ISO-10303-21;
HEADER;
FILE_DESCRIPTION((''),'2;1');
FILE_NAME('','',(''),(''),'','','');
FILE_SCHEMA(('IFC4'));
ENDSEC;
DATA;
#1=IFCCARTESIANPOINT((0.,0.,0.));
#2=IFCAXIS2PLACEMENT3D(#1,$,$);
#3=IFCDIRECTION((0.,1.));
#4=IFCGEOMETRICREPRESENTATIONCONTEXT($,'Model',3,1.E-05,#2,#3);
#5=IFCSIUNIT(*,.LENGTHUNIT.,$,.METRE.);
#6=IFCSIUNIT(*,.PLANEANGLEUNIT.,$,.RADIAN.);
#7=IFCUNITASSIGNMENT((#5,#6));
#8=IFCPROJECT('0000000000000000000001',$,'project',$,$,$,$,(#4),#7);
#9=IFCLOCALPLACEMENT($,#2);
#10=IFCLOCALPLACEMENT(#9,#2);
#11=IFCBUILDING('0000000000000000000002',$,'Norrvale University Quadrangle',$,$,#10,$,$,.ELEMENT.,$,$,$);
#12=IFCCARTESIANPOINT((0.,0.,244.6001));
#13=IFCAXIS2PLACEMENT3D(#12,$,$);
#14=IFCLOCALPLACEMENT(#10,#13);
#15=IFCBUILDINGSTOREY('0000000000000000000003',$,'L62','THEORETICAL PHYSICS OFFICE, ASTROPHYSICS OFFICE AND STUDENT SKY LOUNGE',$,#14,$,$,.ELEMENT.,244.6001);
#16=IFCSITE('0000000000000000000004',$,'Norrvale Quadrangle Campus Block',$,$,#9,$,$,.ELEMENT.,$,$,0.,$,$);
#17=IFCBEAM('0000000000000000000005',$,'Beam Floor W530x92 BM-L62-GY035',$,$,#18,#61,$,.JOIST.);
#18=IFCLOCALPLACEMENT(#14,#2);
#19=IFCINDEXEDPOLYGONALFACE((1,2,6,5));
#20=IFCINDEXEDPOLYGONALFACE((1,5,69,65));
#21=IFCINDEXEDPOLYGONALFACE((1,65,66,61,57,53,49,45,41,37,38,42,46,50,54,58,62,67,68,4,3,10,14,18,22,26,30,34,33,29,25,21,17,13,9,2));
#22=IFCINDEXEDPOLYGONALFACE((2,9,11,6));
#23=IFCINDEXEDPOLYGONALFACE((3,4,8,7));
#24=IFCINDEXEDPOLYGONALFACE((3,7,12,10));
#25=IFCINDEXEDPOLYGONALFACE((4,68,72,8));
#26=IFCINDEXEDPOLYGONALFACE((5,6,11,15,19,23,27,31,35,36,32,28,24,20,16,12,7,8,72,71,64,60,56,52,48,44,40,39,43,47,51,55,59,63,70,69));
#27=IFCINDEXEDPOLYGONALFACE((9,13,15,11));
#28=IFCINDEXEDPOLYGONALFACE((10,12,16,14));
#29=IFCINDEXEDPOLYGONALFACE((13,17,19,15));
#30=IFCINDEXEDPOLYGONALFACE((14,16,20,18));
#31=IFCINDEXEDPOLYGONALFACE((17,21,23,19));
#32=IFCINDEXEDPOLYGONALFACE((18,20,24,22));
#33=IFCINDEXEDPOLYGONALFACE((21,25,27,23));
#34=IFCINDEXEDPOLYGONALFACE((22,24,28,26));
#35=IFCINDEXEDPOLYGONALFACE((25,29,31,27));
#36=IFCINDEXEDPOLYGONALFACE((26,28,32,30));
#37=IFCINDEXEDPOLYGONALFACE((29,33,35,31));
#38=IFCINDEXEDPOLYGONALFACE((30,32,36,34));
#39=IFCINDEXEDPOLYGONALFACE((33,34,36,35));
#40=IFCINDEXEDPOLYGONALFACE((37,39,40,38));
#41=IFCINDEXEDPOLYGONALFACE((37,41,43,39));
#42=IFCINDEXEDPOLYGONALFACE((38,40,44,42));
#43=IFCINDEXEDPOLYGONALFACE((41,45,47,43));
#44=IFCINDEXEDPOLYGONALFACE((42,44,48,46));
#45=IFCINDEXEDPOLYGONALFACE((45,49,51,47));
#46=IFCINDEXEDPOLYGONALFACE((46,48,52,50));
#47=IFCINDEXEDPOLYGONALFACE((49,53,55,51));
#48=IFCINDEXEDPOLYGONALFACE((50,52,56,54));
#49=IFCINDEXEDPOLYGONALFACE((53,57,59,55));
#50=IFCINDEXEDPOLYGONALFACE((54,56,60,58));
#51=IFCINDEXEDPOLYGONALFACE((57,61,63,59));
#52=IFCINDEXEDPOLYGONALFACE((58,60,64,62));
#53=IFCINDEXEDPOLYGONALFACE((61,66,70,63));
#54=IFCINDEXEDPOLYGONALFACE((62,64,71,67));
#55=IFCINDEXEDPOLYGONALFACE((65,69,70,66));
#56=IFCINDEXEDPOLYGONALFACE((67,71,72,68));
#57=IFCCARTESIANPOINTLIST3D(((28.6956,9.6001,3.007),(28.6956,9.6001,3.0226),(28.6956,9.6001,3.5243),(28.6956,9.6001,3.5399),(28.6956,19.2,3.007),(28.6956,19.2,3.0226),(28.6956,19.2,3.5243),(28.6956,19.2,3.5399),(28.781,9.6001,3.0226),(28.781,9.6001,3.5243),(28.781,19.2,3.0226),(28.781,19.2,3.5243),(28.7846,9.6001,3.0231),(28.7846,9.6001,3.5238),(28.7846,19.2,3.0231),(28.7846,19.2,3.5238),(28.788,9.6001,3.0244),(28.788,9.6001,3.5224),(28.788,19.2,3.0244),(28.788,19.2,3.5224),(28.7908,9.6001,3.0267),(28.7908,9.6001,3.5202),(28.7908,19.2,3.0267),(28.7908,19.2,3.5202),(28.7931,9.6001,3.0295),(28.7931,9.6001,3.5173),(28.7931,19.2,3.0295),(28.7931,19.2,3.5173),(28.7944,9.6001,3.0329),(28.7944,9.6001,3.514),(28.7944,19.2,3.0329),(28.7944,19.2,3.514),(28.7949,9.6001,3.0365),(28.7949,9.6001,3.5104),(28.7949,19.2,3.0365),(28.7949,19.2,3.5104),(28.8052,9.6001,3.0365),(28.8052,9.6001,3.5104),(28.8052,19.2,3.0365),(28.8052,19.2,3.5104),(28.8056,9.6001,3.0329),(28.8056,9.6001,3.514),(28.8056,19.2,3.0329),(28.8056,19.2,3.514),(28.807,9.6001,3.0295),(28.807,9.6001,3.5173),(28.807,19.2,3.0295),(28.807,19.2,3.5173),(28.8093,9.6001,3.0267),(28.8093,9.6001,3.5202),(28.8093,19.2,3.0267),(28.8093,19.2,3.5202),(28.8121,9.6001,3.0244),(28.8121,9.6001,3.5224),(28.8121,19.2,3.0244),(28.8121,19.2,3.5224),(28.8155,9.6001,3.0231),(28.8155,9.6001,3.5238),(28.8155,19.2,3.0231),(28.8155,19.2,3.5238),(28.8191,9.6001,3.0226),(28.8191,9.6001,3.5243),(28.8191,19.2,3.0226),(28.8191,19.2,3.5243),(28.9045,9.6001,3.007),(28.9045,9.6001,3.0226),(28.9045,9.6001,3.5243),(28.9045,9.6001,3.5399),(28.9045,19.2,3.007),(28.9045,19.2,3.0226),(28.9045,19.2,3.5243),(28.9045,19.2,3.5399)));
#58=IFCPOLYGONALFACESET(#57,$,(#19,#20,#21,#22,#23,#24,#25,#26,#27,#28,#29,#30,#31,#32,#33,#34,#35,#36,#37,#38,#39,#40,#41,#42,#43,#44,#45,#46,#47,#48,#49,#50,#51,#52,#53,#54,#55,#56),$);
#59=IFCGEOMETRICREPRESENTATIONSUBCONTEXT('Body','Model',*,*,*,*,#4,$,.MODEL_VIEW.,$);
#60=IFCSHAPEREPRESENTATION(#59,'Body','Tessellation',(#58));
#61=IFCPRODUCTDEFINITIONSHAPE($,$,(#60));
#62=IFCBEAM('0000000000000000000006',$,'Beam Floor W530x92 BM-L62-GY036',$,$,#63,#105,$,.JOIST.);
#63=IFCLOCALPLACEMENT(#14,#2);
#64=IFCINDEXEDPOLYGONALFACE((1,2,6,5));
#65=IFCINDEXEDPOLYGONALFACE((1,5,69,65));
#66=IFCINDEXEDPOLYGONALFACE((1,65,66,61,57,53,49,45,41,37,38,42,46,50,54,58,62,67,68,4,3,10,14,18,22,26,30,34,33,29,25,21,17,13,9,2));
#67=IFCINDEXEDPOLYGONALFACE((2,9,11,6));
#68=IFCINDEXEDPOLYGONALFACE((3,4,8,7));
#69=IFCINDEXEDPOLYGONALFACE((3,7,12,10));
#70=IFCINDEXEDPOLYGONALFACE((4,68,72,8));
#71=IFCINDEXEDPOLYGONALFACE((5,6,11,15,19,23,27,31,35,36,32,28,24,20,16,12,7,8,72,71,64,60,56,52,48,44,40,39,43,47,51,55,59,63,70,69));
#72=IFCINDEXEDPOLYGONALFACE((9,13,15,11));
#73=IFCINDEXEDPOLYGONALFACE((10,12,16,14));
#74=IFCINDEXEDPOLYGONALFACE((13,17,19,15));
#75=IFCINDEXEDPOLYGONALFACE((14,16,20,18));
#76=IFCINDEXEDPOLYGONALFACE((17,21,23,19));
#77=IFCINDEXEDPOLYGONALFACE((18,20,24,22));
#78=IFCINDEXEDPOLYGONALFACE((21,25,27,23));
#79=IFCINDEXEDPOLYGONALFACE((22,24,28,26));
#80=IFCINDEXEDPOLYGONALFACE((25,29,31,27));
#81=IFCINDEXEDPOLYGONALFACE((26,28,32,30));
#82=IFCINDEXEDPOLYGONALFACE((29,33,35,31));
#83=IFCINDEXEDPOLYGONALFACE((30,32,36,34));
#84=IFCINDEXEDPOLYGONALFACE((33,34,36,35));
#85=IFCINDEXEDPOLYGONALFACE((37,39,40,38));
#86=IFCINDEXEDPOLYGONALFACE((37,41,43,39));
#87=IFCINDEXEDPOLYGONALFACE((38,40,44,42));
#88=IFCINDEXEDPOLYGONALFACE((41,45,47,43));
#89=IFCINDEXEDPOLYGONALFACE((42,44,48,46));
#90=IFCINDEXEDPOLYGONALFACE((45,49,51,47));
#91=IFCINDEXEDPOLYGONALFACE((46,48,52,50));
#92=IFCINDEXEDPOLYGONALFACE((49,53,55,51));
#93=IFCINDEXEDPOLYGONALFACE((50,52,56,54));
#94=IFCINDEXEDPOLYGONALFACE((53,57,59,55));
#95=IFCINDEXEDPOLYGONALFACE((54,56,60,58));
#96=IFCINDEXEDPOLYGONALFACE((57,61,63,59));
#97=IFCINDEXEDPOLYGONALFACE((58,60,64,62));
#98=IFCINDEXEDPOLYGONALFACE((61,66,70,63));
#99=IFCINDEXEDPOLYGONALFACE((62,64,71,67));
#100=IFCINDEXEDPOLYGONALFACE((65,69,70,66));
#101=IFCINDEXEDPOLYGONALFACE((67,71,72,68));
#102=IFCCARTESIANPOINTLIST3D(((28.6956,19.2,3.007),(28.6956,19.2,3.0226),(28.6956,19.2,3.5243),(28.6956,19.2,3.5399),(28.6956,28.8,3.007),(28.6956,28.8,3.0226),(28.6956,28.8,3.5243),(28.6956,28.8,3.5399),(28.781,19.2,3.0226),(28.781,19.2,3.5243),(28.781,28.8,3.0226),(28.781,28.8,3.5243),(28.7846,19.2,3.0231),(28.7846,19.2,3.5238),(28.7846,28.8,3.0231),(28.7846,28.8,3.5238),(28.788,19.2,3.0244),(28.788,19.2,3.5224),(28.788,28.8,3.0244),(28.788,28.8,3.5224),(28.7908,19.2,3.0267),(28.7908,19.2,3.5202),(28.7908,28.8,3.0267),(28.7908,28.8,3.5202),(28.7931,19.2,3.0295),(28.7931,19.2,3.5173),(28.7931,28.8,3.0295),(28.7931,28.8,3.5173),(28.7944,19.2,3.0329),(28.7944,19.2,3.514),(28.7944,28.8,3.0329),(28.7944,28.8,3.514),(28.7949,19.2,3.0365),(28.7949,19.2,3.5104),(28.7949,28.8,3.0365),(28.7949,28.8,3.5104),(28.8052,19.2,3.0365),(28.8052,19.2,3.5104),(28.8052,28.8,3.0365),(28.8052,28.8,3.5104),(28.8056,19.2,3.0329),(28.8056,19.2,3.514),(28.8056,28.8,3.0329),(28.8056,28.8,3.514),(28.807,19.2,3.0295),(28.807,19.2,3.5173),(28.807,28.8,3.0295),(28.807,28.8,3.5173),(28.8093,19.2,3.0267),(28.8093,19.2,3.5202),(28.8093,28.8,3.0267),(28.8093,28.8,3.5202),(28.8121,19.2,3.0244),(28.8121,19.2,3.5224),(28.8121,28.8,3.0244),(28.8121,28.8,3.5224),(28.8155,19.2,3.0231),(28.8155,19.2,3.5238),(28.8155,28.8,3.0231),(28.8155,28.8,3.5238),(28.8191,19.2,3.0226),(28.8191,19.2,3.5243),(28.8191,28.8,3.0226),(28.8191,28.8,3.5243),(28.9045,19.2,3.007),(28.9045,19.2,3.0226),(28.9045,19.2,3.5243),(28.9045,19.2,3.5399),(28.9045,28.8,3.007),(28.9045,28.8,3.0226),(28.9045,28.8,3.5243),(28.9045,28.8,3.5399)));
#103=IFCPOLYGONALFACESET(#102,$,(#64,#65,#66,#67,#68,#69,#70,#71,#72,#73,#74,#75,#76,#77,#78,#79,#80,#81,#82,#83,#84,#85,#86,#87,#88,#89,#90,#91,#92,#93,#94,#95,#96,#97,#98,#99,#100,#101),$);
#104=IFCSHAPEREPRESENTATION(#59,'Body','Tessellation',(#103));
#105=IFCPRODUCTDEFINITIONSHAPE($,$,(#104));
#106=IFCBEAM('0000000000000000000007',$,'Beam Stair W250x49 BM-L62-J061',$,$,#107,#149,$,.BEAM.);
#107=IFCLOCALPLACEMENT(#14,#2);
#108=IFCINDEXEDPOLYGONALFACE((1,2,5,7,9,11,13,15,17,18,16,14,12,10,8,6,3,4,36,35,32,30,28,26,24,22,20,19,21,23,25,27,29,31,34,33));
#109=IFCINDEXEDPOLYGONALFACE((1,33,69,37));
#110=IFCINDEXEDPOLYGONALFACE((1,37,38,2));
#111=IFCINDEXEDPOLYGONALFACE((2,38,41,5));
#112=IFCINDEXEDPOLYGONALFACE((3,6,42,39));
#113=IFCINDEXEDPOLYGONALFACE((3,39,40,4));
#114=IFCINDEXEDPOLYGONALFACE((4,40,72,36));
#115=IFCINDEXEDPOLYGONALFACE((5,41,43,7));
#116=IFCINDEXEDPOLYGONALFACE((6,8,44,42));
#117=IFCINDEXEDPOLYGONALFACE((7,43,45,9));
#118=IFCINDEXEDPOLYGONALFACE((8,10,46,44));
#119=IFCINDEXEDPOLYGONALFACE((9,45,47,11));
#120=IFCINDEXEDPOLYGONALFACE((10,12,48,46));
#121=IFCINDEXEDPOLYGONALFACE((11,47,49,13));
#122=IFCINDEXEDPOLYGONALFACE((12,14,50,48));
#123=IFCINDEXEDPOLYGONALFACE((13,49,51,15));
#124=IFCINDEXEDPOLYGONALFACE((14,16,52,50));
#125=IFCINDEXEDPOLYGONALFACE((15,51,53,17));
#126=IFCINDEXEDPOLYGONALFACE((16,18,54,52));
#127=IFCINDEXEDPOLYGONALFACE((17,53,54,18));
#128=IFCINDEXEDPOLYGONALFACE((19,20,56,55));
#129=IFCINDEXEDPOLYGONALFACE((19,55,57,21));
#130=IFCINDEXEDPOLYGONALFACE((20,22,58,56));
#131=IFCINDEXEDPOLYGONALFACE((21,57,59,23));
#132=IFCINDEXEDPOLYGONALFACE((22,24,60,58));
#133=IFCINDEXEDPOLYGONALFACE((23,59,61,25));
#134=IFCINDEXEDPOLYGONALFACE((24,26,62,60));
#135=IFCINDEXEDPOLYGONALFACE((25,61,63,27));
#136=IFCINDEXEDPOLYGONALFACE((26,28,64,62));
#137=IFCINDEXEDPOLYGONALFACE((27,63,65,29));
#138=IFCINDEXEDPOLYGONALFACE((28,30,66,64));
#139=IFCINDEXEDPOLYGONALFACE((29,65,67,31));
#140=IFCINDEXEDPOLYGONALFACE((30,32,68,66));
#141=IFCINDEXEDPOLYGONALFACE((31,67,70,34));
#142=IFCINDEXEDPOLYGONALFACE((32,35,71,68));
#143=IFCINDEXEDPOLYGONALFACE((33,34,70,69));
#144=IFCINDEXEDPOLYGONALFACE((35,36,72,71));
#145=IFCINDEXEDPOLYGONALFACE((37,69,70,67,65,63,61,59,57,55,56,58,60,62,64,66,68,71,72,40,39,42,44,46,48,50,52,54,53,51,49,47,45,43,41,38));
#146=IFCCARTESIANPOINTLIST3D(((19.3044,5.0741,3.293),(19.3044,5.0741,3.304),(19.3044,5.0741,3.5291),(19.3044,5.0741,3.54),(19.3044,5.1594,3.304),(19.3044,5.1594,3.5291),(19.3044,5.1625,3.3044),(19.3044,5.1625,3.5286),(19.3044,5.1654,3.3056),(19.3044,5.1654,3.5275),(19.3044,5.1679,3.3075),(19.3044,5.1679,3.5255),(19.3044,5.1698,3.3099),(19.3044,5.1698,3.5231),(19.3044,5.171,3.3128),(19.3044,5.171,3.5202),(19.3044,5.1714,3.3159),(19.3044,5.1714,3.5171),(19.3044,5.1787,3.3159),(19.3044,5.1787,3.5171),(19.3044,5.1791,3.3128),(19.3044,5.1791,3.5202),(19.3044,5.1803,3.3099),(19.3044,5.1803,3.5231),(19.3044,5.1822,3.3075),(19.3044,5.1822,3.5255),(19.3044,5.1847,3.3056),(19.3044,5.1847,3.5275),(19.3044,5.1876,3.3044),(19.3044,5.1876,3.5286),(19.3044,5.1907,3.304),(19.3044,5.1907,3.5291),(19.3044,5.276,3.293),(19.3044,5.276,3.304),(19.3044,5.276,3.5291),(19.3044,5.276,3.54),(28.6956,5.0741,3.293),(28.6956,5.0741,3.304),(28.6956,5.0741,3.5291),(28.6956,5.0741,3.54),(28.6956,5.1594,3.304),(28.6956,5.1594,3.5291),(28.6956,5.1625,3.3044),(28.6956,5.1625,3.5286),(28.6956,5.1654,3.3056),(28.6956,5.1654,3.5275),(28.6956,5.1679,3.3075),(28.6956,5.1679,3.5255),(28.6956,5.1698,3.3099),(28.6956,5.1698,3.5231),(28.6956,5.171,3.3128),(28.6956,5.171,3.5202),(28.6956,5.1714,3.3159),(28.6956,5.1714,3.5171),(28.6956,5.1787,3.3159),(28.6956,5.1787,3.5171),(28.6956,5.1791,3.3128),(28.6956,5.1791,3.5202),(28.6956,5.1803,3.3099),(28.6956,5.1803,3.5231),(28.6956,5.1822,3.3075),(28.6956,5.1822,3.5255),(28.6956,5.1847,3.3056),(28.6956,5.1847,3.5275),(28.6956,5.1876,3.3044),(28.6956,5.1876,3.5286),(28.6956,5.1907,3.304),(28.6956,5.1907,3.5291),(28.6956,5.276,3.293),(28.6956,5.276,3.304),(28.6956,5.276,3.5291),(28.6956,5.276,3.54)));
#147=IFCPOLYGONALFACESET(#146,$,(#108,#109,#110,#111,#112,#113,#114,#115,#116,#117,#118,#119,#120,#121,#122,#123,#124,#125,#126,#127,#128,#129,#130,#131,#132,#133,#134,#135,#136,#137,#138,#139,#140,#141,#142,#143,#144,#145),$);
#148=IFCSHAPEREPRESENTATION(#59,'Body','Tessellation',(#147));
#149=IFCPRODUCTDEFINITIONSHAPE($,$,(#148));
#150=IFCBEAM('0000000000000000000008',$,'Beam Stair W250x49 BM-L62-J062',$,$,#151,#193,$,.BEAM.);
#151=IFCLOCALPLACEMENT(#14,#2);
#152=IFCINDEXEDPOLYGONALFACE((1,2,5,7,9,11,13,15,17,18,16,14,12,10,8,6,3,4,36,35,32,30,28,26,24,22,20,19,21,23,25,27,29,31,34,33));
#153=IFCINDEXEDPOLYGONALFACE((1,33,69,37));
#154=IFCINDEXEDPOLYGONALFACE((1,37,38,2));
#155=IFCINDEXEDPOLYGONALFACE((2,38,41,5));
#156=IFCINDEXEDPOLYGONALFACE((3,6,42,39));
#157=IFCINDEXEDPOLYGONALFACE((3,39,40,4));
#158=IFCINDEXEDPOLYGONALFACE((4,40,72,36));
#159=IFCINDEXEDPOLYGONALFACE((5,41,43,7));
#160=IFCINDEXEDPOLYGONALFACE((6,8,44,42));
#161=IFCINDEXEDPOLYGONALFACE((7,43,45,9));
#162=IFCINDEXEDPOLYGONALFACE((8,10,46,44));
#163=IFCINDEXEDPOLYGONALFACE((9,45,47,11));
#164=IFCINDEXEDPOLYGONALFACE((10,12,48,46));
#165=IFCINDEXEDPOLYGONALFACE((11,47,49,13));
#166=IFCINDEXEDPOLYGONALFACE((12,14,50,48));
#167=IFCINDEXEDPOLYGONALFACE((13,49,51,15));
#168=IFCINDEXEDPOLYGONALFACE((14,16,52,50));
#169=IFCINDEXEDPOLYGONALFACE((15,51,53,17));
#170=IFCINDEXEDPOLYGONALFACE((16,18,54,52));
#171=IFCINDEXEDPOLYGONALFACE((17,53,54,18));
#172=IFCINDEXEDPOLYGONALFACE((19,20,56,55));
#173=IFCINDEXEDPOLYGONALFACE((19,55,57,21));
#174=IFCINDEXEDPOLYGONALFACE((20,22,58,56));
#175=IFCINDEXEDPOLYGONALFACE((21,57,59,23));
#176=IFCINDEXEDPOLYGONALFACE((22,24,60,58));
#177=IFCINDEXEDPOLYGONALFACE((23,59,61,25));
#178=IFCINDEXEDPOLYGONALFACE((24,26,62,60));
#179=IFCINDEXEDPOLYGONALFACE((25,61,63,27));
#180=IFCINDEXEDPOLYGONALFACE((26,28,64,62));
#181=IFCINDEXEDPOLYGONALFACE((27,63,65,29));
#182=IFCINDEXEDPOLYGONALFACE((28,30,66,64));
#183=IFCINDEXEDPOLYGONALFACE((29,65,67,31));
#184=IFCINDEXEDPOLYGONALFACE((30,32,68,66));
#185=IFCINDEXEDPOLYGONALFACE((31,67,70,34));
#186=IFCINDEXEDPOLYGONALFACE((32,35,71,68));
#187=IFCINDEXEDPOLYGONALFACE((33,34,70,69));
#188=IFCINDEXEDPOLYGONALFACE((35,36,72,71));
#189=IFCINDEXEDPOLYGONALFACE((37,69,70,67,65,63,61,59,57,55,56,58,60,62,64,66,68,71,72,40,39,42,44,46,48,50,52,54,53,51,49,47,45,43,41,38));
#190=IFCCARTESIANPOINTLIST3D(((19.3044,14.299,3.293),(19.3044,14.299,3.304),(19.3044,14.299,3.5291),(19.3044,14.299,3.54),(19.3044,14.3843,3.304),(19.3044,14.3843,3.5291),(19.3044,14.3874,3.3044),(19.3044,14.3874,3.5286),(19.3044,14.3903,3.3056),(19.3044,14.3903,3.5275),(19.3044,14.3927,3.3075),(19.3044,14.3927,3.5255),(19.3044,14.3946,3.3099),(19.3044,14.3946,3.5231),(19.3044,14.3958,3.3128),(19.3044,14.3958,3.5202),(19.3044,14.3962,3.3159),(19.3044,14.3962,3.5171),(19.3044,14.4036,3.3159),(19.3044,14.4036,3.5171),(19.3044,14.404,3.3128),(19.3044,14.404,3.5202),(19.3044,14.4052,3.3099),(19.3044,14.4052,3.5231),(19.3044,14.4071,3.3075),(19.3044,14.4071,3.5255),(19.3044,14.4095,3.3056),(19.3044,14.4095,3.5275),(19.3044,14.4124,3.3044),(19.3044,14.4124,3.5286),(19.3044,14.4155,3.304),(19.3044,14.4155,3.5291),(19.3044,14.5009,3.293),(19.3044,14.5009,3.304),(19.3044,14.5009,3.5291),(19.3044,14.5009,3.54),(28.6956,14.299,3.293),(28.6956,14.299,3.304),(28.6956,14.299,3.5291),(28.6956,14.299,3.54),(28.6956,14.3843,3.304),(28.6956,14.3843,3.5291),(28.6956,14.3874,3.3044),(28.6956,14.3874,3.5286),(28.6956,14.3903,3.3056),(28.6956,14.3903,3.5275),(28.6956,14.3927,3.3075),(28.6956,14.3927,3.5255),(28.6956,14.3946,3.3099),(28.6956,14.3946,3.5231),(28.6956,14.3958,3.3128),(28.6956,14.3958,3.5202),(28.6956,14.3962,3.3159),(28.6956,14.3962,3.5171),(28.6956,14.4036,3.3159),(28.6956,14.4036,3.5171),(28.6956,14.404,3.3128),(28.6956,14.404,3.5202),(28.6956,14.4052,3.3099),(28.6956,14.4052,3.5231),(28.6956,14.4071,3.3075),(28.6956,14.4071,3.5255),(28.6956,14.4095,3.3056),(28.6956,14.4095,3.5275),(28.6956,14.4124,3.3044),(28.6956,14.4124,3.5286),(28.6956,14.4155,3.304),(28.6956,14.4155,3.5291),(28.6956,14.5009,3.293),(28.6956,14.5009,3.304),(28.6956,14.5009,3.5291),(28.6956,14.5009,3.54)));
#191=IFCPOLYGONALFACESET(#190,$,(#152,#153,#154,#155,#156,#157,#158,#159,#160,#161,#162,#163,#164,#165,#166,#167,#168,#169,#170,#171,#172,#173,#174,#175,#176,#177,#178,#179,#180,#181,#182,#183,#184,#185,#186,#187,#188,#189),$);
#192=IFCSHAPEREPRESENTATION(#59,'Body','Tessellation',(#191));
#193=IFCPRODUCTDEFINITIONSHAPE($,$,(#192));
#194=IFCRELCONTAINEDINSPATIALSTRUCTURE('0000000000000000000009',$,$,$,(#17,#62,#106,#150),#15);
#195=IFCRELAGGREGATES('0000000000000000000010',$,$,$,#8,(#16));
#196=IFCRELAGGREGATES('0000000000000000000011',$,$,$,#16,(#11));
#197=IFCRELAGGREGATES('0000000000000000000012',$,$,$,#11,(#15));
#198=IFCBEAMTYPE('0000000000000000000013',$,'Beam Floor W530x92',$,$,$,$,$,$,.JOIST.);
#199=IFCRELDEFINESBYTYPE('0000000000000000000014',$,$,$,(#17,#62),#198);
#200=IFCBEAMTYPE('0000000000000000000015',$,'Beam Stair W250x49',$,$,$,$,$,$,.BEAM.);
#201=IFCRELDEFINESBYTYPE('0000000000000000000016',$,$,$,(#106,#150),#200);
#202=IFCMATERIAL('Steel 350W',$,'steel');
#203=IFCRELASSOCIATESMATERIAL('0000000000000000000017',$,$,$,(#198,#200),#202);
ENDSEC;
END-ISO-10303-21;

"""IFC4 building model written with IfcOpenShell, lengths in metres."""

from ifc_helpers import new_model, si_unit, direction, frame, origin, origin_2d, place, context, subcontext, project, spatial, i_section, extrude, material, material_profile, profile_set, type_object, element, save


model = new_model("IFC4")

# Units and contexts
model_context = context("Model", 3, precision=1e-05, world=origin(), true_north=direction((0.0, 1.0)))
body_context = subcontext(model_context, "Body", "Model", "MODEL_VIEW")
ifc_project = project(units=[si_unit("LENGTHUNIT", "METRE"), si_unit("PLANEANGLEUNIT", "RADIAN")], contexts=[model_context])

# Site, building, storey
site_placement = place(None, origin())
site = spatial("IfcSite", under=ifc_project, at=site_placement, Name="Norrvale Quadrangle Campus Block", CompositionType="ELEMENT", RefElevation=0.0)
building_placement = place(site_placement, origin())
building = spatial("IfcBuilding", under=site, at=building_placement, Name="Norrvale University Quadrangle", CompositionType="ELEMENT")
storey_placement = place(building_placement, frame((0.0, 0.0, 244.6001)))
storey = spatial("IfcBuildingStorey", under=building, at=storey_placement, Name="L62", Description="THEORETICAL PHYSICS OFFICE, ASTROPHYSICS OFFICE AND STUDENT SKY LOUNGE", CompositionType="ELEMENT", Elevation=244.6001)

# Beams
ifc_material_1 = material(Name="Steel 350W", Category="steel")
ifc_material_profile_1 = material_profile(ifc_material_1, i_section(OverallWidth=0.209, OverallDepth=0.533, WebThickness=0.0103, FlangeThickness=0.0156, FilletRadius=0.0139, at=origin_2d()), Name="Steel 350W")
ifc_profile_set_1 = profile_set([ifc_material_profile_1], Name="Steel 350W")
beam_type_1 = type_object("IfcBeamType", Name="Beam Floor W530x92", PredefinedType="JOIST", material=ifc_profile_set_1)
beam_1_placement = place(storey_placement, frame((28.8, 9.6001, 3.2734), z_axis=(0.0, 1.0, 0.0), x_axis=(-1.0, 0.0, 0.0)))
element("IfcBeam", 1, at=beam_1_placement, inside=storey, type_object=beam_type_1, Name="Beam Floor W530x92 BM-L62-GY035", PredefinedType="JOIST", context=body_context, shape_type="SweptSolid", body=[
    extrude(i_section(OverallWidth=0.209, OverallDepth=0.533, WebThickness=0.0103, FlangeThickness=0.0156, FilletRadius=0.0139, at=origin_2d()), origin(), (0.0, 0.0, 1.0), 9.5999),
])
beam_2_placement = place(storey_placement, frame((28.8, 19.2, 3.2734), z_axis=(0.0, 1.0, 0.0), x_axis=(-1.0, 0.0, 0.0)))
element("IfcBeam", 2, at=beam_2_placement, inside=storey, type_object=beam_type_1, Name="Beam Floor W530x92 BM-L62-GY036", PredefinedType="JOIST", context=body_context, shape_type="SweptSolid", body=[
    extrude(i_section(OverallWidth=0.209, OverallDepth=0.533, WebThickness=0.0103, FlangeThickness=0.0156, FilletRadius=0.0139, at=origin_2d()), origin(), (0.0, 0.0, 1.0), 9.6001),
])
ifc_material_profile_2 = material_profile(ifc_material_1, i_section(OverallWidth=0.2019, OverallDepth=0.2471, WebThickness=0.0073, FlangeThickness=0.011, FilletRadius=0.012, at=origin_2d()), Name="Steel 350W")
ifc_profile_set_2 = profile_set([ifc_material_profile_2], Name="Steel 350W")
beam_type_2 = type_object("IfcBeamType", Name="Beam Stair W250x49", PredefinedType="BEAM", material=ifc_profile_set_2)
for number, where, z_axis, x_axis, name in (
    (3, (19.3044, 5.175, 3.4165), (1.0, 0.0, 0.0), (0.0, 1.0, 0.0), "Beam Stair W250x49 BM-L62-J061"),
    (4, (19.3044, 14.3999, 3.4165), (1.0, 0.0, 0.0), (0.0, 1.0, 0.0), "Beam Stair W250x49 BM-L62-J062"),
):
    element("IfcBeam", number, at=place(storey_placement, frame(where, z_axis=z_axis, x_axis=x_axis)), inside=storey, type_object=beam_type_2, Name=name, PredefinedType="BEAM", context=body_context, shape_type="SweptSolid", body=[
        extrude(i_section(OverallWidth=0.2019, OverallDepth=0.2471, WebThickness=0.0073, FlangeThickness=0.011, FilletRadius=0.012, at=origin_2d()), origin(), (0.0, 0.0, 1.0), 9.3911),
    ])

save(model, "model.ifc")
